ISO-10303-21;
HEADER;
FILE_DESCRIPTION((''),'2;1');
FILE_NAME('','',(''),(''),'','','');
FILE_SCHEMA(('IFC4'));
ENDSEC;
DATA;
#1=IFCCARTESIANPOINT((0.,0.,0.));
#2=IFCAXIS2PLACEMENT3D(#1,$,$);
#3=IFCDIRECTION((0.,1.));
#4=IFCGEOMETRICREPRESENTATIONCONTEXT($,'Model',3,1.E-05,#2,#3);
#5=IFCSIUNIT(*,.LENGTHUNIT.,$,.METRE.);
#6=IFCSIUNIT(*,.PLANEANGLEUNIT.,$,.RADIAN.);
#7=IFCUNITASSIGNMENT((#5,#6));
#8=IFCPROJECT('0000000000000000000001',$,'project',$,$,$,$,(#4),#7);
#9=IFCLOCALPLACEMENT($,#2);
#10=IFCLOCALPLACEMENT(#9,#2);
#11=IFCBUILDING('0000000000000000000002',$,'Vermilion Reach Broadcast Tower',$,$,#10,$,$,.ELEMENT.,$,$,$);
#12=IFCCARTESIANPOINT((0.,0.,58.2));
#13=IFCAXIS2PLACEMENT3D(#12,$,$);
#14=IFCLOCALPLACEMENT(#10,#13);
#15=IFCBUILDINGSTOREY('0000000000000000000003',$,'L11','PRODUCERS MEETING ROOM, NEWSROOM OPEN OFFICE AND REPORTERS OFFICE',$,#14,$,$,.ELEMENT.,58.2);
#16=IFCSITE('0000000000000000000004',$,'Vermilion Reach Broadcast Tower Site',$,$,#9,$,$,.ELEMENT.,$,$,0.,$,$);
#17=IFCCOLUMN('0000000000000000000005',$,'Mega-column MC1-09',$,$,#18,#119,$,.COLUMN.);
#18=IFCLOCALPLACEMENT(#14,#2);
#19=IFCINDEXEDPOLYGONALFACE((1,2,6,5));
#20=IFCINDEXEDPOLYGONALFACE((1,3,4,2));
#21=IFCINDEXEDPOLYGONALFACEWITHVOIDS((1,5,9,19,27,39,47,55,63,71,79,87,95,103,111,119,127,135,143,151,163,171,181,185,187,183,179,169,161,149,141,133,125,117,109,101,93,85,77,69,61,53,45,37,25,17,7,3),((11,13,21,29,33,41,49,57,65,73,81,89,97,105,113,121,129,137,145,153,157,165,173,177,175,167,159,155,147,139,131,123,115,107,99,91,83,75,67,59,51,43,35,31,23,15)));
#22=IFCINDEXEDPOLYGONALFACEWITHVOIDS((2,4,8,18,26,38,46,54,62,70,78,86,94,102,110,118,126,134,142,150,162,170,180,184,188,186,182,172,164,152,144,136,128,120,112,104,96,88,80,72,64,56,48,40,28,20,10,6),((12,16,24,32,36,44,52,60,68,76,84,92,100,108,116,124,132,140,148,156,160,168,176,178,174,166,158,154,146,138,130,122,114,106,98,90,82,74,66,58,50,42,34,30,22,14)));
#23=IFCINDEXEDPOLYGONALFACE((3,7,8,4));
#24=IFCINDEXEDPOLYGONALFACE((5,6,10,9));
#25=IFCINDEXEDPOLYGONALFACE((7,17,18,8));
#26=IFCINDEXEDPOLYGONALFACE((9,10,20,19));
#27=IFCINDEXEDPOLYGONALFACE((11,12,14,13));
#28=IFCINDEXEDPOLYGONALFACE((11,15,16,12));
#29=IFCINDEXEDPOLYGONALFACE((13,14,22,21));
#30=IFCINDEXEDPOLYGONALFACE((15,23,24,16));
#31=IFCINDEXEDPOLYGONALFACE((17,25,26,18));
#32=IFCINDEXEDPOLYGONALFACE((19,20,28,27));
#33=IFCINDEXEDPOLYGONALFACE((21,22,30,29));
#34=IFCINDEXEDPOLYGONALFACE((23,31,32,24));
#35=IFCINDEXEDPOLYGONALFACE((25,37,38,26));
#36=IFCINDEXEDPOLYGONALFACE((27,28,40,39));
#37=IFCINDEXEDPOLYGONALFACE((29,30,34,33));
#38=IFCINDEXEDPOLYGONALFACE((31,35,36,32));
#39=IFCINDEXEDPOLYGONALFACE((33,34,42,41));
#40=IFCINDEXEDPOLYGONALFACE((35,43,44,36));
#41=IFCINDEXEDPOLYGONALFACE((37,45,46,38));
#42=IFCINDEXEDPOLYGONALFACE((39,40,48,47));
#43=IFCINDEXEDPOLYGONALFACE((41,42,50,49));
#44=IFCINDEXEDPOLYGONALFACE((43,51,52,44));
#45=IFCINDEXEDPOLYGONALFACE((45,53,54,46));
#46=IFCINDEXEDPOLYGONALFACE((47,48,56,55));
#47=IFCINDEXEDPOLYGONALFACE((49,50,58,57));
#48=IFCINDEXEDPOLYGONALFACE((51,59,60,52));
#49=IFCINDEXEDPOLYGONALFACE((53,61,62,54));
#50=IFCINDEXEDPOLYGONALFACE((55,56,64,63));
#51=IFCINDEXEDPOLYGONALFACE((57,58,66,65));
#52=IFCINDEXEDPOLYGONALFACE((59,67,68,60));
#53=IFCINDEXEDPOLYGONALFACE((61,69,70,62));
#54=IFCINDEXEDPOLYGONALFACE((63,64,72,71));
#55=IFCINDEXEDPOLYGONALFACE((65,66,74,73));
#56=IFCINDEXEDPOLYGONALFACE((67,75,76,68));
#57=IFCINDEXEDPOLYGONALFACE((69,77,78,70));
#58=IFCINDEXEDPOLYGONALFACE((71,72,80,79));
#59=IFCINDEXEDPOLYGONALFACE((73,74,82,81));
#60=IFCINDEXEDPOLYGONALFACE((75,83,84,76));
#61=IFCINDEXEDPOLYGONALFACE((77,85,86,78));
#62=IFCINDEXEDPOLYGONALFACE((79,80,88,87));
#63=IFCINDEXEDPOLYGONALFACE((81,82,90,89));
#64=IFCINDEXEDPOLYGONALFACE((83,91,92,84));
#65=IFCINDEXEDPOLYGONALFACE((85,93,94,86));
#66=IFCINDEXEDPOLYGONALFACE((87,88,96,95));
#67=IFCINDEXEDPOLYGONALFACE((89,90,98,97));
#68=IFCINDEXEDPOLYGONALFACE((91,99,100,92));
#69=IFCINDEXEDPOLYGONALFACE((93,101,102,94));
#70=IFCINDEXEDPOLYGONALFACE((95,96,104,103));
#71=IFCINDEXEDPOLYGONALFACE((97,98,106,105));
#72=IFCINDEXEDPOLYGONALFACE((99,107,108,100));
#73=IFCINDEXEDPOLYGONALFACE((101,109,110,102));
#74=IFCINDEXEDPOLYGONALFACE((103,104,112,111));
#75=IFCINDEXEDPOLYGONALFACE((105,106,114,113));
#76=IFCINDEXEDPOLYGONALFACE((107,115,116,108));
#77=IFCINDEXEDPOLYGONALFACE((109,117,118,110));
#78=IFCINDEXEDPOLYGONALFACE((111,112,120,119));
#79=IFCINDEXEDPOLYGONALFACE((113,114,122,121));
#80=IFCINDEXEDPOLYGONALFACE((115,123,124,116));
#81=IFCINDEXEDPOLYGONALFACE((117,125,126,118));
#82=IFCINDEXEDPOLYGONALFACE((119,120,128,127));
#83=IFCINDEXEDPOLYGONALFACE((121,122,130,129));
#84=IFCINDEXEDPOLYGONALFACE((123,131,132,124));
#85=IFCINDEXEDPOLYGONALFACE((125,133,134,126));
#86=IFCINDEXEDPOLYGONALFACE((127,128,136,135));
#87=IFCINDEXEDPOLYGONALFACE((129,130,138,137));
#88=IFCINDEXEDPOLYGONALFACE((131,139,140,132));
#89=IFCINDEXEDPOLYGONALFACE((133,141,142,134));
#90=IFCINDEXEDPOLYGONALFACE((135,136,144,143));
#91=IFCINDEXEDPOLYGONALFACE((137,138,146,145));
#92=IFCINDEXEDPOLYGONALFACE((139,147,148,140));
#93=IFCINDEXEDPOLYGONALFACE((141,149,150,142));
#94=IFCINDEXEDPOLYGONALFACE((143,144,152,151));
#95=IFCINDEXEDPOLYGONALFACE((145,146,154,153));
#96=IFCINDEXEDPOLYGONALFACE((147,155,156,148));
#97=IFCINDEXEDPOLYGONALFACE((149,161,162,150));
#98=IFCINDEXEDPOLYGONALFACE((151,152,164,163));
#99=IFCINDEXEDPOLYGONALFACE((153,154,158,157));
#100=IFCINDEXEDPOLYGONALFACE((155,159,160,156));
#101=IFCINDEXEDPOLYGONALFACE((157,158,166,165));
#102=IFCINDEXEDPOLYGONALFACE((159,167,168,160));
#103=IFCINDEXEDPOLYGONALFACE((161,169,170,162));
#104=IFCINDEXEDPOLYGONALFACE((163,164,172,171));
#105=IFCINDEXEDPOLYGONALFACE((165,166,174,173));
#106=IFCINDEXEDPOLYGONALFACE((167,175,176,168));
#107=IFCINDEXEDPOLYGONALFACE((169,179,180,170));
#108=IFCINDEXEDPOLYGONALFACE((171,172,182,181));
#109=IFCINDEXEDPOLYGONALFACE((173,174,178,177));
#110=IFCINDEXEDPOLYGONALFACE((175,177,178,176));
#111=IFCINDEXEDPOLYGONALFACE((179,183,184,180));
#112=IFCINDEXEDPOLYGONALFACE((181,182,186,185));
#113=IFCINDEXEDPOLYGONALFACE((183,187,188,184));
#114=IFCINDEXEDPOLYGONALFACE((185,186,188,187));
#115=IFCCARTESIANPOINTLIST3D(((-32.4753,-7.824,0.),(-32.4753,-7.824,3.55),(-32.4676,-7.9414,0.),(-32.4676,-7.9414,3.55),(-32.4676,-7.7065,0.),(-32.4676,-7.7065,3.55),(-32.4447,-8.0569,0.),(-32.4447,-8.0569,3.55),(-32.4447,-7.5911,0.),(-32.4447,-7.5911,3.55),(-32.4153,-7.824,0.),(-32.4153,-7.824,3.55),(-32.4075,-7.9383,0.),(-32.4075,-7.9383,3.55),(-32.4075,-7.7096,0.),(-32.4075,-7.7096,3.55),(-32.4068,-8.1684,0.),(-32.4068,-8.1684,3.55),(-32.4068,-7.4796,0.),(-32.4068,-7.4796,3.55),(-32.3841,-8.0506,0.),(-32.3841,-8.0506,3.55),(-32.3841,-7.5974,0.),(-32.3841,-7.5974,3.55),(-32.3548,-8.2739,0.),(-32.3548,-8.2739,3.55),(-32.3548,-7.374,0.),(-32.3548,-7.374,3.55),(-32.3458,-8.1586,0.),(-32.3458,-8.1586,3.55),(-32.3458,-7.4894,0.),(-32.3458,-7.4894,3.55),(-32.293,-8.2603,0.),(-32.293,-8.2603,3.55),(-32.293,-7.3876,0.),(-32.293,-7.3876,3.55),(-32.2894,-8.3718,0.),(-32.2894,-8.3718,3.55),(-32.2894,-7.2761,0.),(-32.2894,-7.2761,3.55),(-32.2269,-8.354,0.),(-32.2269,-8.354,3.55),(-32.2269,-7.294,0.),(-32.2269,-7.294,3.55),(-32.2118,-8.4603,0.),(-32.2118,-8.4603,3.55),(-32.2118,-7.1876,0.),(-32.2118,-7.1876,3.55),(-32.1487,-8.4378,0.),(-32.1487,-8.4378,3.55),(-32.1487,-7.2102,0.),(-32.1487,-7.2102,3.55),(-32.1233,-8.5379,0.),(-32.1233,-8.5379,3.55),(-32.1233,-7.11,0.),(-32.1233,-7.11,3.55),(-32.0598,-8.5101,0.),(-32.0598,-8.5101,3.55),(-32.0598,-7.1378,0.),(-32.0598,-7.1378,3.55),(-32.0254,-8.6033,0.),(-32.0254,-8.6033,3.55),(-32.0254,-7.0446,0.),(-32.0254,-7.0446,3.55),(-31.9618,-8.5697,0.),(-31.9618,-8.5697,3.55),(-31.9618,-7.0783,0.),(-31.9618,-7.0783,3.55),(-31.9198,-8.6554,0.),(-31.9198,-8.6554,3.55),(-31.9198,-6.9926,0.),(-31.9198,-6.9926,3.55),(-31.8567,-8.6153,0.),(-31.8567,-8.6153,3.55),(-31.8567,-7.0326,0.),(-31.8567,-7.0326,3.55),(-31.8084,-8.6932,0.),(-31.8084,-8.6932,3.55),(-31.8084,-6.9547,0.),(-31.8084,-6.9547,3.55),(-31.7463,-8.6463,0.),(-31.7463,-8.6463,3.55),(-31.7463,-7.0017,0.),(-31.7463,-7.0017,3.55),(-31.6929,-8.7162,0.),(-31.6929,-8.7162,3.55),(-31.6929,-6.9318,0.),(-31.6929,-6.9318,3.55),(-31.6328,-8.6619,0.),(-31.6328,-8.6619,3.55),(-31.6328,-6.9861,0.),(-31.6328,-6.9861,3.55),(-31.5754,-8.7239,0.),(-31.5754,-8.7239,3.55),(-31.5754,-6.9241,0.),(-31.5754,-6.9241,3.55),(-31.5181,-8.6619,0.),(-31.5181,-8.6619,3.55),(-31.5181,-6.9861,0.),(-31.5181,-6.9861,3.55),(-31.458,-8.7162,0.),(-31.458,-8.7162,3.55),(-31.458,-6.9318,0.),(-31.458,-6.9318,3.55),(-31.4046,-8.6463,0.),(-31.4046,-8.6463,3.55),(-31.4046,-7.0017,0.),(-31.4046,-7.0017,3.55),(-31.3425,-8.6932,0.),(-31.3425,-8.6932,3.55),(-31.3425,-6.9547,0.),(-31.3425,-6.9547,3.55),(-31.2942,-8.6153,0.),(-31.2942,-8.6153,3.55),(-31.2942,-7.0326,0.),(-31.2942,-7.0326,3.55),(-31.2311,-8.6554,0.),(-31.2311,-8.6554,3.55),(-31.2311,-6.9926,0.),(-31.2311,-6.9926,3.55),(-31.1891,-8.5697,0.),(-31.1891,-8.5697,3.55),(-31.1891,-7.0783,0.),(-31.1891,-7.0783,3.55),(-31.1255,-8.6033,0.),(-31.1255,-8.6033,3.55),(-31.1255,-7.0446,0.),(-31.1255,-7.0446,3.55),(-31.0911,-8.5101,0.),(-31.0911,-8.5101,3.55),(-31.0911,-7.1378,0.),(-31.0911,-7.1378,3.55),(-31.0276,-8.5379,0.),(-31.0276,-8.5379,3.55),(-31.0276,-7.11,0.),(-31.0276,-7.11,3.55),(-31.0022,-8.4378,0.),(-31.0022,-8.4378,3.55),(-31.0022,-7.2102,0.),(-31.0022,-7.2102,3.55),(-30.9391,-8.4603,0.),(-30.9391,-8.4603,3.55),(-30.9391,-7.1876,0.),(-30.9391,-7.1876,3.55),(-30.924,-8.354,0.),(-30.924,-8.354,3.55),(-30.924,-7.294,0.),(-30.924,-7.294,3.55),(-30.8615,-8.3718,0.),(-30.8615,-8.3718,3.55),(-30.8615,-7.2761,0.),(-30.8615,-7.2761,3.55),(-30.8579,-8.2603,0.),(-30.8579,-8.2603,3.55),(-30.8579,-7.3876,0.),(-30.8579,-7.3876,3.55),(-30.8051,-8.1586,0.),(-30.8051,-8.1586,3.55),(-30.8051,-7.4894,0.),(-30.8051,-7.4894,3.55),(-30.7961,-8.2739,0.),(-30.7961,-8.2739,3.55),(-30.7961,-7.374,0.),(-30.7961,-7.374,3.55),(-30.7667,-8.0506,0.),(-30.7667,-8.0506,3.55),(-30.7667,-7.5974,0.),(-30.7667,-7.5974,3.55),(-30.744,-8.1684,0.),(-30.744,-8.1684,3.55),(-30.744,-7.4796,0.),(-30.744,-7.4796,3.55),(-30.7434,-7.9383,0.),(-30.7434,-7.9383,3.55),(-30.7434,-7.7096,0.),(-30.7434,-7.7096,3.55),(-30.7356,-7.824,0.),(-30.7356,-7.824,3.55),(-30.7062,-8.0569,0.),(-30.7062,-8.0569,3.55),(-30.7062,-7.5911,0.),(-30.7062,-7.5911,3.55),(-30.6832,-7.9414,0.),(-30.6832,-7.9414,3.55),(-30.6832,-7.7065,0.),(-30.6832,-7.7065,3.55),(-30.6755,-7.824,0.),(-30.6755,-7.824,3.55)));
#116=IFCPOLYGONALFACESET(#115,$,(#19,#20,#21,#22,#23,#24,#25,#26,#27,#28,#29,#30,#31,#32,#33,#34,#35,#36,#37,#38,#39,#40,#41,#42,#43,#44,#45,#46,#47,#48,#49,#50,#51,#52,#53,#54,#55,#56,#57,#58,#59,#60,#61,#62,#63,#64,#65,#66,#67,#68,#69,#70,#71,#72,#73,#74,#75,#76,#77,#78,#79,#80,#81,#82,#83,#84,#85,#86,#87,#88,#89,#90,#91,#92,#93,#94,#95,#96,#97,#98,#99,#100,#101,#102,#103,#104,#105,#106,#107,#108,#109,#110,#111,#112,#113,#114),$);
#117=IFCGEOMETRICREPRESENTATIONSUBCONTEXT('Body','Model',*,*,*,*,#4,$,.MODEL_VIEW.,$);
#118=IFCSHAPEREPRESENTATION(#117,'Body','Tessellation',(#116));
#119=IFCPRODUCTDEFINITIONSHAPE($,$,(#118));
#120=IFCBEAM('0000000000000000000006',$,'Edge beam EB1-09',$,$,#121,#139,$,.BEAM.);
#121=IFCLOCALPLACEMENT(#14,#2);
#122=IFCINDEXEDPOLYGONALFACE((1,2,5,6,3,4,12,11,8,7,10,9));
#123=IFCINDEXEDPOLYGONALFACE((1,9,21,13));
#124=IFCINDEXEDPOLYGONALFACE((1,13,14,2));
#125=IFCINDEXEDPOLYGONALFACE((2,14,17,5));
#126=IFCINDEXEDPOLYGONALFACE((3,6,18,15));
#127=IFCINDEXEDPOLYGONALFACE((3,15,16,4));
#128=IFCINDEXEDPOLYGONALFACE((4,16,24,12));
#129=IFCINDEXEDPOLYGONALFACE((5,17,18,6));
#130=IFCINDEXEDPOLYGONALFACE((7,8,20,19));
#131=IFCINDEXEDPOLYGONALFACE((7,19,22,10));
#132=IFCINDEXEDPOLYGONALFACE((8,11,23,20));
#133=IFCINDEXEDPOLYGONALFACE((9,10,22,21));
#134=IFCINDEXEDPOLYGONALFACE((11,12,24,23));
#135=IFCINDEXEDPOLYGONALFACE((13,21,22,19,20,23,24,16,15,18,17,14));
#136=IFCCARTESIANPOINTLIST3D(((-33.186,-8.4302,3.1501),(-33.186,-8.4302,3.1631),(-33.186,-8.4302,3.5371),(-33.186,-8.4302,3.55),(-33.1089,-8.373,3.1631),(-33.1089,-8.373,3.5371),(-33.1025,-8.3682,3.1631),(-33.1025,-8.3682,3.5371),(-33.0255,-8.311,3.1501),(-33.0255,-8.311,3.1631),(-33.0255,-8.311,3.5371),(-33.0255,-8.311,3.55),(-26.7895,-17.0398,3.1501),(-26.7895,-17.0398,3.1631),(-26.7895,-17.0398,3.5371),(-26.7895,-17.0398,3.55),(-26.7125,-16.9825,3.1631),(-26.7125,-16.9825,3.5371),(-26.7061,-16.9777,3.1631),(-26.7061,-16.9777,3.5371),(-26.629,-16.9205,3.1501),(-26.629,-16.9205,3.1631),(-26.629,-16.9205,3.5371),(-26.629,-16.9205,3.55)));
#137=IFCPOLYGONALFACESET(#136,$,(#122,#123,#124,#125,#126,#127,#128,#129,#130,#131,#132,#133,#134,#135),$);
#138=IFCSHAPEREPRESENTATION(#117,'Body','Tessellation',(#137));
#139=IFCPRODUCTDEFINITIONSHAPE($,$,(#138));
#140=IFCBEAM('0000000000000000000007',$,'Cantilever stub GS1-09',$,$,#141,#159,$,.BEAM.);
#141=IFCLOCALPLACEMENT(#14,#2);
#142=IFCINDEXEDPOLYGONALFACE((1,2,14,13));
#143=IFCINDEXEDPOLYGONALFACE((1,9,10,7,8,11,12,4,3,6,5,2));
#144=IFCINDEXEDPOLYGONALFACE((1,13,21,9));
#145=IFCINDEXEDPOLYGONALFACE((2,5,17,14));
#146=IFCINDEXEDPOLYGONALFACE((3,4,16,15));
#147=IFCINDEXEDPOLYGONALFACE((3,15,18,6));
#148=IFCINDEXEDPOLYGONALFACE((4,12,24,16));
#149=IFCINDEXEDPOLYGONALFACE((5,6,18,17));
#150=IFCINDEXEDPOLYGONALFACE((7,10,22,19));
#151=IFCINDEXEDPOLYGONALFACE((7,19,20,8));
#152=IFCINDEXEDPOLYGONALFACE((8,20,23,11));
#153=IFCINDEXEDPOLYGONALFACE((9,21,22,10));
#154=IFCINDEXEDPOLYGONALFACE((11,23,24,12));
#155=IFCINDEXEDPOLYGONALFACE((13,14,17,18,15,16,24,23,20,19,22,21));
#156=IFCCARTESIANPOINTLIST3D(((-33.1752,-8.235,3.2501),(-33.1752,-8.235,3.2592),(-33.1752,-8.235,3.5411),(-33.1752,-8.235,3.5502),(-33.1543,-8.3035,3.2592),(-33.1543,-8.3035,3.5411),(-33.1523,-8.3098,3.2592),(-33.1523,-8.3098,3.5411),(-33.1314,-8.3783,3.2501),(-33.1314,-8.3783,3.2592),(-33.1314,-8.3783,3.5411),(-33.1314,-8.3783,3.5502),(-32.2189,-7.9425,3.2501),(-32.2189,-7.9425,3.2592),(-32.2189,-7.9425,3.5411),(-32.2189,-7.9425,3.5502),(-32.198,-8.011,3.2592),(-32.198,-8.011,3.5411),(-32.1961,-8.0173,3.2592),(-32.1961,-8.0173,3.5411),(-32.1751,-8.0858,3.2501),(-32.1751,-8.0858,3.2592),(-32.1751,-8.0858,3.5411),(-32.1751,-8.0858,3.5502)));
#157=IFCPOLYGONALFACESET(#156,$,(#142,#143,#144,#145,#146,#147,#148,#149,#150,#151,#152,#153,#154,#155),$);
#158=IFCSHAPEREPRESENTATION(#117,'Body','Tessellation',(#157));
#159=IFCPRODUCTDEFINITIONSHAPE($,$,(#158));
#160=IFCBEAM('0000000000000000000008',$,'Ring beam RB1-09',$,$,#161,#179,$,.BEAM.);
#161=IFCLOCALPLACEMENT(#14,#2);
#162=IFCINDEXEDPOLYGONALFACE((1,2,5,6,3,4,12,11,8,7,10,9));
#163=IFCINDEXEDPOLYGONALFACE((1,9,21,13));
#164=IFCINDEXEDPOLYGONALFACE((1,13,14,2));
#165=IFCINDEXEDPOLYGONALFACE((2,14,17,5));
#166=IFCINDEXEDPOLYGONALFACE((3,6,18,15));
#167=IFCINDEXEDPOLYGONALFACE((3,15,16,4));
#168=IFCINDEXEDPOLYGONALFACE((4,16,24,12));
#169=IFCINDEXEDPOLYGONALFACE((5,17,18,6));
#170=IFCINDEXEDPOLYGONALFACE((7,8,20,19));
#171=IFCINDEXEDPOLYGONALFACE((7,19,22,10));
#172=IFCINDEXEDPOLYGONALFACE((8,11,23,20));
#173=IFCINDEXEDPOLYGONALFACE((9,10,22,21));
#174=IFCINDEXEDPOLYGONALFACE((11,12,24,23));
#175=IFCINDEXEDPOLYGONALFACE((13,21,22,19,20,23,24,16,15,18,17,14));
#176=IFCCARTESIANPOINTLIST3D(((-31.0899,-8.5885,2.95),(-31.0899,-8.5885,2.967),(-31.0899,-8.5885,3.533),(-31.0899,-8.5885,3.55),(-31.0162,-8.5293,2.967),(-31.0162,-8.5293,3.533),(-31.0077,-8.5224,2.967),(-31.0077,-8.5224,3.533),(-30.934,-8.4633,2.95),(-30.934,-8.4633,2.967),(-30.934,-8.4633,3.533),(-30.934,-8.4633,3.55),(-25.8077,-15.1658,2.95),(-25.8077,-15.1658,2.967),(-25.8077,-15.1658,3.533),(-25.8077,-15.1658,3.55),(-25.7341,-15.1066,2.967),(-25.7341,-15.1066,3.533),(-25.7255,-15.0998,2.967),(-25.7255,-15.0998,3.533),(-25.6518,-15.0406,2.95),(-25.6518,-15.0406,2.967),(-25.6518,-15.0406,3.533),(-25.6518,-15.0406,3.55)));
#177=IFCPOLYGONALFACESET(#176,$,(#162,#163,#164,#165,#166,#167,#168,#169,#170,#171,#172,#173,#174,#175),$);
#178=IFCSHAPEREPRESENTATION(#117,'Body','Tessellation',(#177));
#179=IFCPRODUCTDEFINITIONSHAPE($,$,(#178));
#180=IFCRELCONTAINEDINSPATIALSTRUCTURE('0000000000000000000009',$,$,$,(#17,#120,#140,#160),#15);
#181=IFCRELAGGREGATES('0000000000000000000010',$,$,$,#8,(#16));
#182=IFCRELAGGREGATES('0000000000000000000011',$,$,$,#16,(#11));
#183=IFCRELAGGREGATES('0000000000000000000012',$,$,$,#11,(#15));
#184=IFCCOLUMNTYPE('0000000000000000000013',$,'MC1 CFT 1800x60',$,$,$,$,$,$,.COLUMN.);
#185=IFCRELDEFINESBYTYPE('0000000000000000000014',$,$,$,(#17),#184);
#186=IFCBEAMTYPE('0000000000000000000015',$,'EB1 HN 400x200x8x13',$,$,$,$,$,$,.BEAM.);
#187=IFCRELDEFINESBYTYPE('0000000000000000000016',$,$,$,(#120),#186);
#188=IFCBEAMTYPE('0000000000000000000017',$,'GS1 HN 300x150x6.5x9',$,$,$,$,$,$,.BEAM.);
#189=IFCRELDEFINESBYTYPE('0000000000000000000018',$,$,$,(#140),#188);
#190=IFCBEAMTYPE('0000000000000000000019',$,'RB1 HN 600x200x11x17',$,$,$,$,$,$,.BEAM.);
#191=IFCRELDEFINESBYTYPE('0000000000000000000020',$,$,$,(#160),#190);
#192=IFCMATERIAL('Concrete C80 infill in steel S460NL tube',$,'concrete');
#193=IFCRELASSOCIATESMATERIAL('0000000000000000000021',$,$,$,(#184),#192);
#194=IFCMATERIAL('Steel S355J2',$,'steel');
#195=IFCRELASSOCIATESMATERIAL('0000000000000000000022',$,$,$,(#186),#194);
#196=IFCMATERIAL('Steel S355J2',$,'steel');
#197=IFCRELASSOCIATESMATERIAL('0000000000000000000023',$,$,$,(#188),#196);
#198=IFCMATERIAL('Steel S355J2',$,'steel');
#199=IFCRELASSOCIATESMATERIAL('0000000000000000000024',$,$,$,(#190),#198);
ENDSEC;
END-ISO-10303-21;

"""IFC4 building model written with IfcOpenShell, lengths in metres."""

from ifc_helpers import new_model, si_unit, direction, frame, origin, origin_2d, place, context, subcontext, project, spatial, hollow_circle, i_section, extrude, material, material_profile, profile_set, type_object, element, save


model = new_model("IFC4")

# Units and contexts
model_context = context("Model", 3, precision=1e-05, world=origin(), true_north=direction((0.0, 1.0)))
body_context = subcontext(model_context, "Body", "Model", "MODEL_VIEW")
ifc_project = project(units=[si_unit("LENGTHUNIT", "METRE"), si_unit("PLANEANGLEUNIT", "RADIAN")], contexts=[model_context])

# Site, building, storey
site_placement = place(None, origin())
site = spatial("IfcSite", under=ifc_project, at=site_placement, Name="Vermilion Reach Broadcast Tower Site", CompositionType="ELEMENT", RefElevation=0.0)
building_placement = place(site_placement, origin())
building = spatial("IfcBuilding", under=site, at=building_placement, Name="Vermilion Reach Broadcast Tower", CompositionType="ELEMENT")
storey_placement = place(building_placement, frame((0.0, 0.0, 58.2)))
storey = spatial("IfcBuildingStorey", under=building, at=storey_placement, Name="L11", Description="PRODUCERS MEETING ROOM, NEWSROOM OPEN OFFICE AND REPORTERS OFFICE", CompositionType="ELEMENT", Elevation=58.2)

# Column
ifc_material_1 = material(Name="Concrete C80 infill in steel S460NL tube", Category="concrete")
ifc_material_profile_1 = material_profile(ifc_material_1, hollow_circle(Radius=0.8999, WallThickness=0.0601, at=origin_2d()), Name="Concrete C80 infill in steel S460NL tube CFT 1800x60")
ifc_profile_set_1 = profile_set([ifc_material_profile_1], Name="Concrete C80 infill in steel S460NL tube")
column_type = type_object("IfcColumnType", Name="MC1 CFT 1800x60", PredefinedType="COLUMN", material=ifc_profile_set_1)
column_placement = place(storey_placement, frame((-31.5754, -7.824, 0.0), z_axis=(0.0, 0.0, 1.0), x_axis=(1.0, 0.0, 0.0)))
element("IfcColumn", 1, at=column_placement, inside=storey, type_object=column_type, Name="Mega-column MC1-09", PredefinedType="COLUMN", context=body_context, shape_type="SweptSolid", body=[
    extrude(hollow_circle(Radius=0.8999, WallThickness=0.0601, at=origin_2d()), origin(), (0.0, 0.0, 1.0), 3.55),
])

# Beams
ifc_material_2 = material(Name="Steel S355J2", Category="steel")
ifc_material_profile_2 = material_profile(ifc_material_2, i_section(OverallWidth=0.2, OverallDepth=0.3999, WebThickness=0.0081, FlangeThickness=0.0129, at=origin_2d()), Name="S355J2 HN 400x200x8x13")
ifc_profile_set_2 = profile_set([ifc_material_profile_2], Name="Steel S355J2")
beam_type_1 = type_object("IfcBeamType", Name="EB1 HN 400x200x8x13", PredefinedType="BEAM", material=ifc_profile_set_2)
beam_1_placement = place(storey_placement, frame((-33.1057, -8.3706, 3.3501), z_axis=(0.59637, -0.80271, 0.0), x_axis=(0.80271, 0.59637, 0.0)))
element("IfcBeam", 2, at=beam_1_placement, inside=storey, type_object=beam_type_1, Name="Edge beam EB1-09", PredefinedType="BEAM", context=body_context, shape_type="SweptSolid", body=[
    extrude(i_section(OverallWidth=0.2, OverallDepth=0.3999, WebThickness=0.0081, FlangeThickness=0.0129, at=origin_2d()), origin(), (0.0, 0.0, 1.0), 10.7256),
])
ifc_material_3 = material(Name="Steel S355J2", Category="steel")
ifc_material_profile_3 = material_profile(ifc_material_3, i_section(OverallWidth=0.1499, OverallDepth=0.3, WebThickness=0.0066, FlangeThickness=0.009, at=origin_2d()), Name="S355J2 HN 300x150x6.5x9")
ifc_profile_set_3 = profile_set([ifc_material_profile_3], Name="Steel S355J2")
beam_type_2 = type_object("IfcBeamType", Name="GS1 HN 300x150x6.5x9", PredefinedType="BEAM", material=ifc_profile_set_3)
beam_2_placement = place(storey_placement, frame((-32.197, -8.0142, 3.4001), z_axis=(-0.956274, -0.292473, 0.0), x_axis=(0.292473, -0.956274, 0.0)))
element("IfcBeam", 3, at=beam_2_placement, inside=storey, type_object=beam_type_2, Name="Cantilever stub GS1-09", PredefinedType="BEAM", context=body_context, shape_type="SweptSolid", body=[
    extrude(i_section(OverallWidth=0.1499, OverallDepth=0.3, WebThickness=0.0066, FlangeThickness=0.009, at=origin_2d()), origin(), (0.0, 0.0, 1.0), 1.0),
])
ifc_material_4 = material(Name="Steel S355J2", Category="steel")
ifc_material_profile_4 = material_profile(ifc_material_4, i_section(OverallWidth=0.2, OverallDepth=0.6001, WebThickness=0.011, FlangeThickness=0.0171, at=origin_2d()), Name="S355J2 HN 600x200x11x17")
ifc_profile_set_4 = profile_set([ifc_material_profile_4], Name="Steel S355J2")
beam_type_3 = type_object("IfcBeamType", Name="RB1 HN 600x200x11x17", PredefinedType="BEAM", material=ifc_profile_set_4)
beam_3_placement = place(storey_placement, frame((-31.012, -8.5259, 3.25), z_axis=(0.626162, -0.779693, 0.0), x_axis=(0.779693, 0.626162, 0.0)))
element("IfcBeam", 4, at=beam_3_placement, inside=storey, type_object=beam_type_3, Name="Ring beam RB1-09", PredefinedType="BEAM", context=body_context, shape_type="SweptSolid", body=[
    extrude(i_section(OverallWidth=0.2, OverallDepth=0.6001, WebThickness=0.011, FlangeThickness=0.0171, at=origin_2d()), origin(), (0.0, 0.0, 1.0), 8.4358),
])

save(model, "model.ifc")
